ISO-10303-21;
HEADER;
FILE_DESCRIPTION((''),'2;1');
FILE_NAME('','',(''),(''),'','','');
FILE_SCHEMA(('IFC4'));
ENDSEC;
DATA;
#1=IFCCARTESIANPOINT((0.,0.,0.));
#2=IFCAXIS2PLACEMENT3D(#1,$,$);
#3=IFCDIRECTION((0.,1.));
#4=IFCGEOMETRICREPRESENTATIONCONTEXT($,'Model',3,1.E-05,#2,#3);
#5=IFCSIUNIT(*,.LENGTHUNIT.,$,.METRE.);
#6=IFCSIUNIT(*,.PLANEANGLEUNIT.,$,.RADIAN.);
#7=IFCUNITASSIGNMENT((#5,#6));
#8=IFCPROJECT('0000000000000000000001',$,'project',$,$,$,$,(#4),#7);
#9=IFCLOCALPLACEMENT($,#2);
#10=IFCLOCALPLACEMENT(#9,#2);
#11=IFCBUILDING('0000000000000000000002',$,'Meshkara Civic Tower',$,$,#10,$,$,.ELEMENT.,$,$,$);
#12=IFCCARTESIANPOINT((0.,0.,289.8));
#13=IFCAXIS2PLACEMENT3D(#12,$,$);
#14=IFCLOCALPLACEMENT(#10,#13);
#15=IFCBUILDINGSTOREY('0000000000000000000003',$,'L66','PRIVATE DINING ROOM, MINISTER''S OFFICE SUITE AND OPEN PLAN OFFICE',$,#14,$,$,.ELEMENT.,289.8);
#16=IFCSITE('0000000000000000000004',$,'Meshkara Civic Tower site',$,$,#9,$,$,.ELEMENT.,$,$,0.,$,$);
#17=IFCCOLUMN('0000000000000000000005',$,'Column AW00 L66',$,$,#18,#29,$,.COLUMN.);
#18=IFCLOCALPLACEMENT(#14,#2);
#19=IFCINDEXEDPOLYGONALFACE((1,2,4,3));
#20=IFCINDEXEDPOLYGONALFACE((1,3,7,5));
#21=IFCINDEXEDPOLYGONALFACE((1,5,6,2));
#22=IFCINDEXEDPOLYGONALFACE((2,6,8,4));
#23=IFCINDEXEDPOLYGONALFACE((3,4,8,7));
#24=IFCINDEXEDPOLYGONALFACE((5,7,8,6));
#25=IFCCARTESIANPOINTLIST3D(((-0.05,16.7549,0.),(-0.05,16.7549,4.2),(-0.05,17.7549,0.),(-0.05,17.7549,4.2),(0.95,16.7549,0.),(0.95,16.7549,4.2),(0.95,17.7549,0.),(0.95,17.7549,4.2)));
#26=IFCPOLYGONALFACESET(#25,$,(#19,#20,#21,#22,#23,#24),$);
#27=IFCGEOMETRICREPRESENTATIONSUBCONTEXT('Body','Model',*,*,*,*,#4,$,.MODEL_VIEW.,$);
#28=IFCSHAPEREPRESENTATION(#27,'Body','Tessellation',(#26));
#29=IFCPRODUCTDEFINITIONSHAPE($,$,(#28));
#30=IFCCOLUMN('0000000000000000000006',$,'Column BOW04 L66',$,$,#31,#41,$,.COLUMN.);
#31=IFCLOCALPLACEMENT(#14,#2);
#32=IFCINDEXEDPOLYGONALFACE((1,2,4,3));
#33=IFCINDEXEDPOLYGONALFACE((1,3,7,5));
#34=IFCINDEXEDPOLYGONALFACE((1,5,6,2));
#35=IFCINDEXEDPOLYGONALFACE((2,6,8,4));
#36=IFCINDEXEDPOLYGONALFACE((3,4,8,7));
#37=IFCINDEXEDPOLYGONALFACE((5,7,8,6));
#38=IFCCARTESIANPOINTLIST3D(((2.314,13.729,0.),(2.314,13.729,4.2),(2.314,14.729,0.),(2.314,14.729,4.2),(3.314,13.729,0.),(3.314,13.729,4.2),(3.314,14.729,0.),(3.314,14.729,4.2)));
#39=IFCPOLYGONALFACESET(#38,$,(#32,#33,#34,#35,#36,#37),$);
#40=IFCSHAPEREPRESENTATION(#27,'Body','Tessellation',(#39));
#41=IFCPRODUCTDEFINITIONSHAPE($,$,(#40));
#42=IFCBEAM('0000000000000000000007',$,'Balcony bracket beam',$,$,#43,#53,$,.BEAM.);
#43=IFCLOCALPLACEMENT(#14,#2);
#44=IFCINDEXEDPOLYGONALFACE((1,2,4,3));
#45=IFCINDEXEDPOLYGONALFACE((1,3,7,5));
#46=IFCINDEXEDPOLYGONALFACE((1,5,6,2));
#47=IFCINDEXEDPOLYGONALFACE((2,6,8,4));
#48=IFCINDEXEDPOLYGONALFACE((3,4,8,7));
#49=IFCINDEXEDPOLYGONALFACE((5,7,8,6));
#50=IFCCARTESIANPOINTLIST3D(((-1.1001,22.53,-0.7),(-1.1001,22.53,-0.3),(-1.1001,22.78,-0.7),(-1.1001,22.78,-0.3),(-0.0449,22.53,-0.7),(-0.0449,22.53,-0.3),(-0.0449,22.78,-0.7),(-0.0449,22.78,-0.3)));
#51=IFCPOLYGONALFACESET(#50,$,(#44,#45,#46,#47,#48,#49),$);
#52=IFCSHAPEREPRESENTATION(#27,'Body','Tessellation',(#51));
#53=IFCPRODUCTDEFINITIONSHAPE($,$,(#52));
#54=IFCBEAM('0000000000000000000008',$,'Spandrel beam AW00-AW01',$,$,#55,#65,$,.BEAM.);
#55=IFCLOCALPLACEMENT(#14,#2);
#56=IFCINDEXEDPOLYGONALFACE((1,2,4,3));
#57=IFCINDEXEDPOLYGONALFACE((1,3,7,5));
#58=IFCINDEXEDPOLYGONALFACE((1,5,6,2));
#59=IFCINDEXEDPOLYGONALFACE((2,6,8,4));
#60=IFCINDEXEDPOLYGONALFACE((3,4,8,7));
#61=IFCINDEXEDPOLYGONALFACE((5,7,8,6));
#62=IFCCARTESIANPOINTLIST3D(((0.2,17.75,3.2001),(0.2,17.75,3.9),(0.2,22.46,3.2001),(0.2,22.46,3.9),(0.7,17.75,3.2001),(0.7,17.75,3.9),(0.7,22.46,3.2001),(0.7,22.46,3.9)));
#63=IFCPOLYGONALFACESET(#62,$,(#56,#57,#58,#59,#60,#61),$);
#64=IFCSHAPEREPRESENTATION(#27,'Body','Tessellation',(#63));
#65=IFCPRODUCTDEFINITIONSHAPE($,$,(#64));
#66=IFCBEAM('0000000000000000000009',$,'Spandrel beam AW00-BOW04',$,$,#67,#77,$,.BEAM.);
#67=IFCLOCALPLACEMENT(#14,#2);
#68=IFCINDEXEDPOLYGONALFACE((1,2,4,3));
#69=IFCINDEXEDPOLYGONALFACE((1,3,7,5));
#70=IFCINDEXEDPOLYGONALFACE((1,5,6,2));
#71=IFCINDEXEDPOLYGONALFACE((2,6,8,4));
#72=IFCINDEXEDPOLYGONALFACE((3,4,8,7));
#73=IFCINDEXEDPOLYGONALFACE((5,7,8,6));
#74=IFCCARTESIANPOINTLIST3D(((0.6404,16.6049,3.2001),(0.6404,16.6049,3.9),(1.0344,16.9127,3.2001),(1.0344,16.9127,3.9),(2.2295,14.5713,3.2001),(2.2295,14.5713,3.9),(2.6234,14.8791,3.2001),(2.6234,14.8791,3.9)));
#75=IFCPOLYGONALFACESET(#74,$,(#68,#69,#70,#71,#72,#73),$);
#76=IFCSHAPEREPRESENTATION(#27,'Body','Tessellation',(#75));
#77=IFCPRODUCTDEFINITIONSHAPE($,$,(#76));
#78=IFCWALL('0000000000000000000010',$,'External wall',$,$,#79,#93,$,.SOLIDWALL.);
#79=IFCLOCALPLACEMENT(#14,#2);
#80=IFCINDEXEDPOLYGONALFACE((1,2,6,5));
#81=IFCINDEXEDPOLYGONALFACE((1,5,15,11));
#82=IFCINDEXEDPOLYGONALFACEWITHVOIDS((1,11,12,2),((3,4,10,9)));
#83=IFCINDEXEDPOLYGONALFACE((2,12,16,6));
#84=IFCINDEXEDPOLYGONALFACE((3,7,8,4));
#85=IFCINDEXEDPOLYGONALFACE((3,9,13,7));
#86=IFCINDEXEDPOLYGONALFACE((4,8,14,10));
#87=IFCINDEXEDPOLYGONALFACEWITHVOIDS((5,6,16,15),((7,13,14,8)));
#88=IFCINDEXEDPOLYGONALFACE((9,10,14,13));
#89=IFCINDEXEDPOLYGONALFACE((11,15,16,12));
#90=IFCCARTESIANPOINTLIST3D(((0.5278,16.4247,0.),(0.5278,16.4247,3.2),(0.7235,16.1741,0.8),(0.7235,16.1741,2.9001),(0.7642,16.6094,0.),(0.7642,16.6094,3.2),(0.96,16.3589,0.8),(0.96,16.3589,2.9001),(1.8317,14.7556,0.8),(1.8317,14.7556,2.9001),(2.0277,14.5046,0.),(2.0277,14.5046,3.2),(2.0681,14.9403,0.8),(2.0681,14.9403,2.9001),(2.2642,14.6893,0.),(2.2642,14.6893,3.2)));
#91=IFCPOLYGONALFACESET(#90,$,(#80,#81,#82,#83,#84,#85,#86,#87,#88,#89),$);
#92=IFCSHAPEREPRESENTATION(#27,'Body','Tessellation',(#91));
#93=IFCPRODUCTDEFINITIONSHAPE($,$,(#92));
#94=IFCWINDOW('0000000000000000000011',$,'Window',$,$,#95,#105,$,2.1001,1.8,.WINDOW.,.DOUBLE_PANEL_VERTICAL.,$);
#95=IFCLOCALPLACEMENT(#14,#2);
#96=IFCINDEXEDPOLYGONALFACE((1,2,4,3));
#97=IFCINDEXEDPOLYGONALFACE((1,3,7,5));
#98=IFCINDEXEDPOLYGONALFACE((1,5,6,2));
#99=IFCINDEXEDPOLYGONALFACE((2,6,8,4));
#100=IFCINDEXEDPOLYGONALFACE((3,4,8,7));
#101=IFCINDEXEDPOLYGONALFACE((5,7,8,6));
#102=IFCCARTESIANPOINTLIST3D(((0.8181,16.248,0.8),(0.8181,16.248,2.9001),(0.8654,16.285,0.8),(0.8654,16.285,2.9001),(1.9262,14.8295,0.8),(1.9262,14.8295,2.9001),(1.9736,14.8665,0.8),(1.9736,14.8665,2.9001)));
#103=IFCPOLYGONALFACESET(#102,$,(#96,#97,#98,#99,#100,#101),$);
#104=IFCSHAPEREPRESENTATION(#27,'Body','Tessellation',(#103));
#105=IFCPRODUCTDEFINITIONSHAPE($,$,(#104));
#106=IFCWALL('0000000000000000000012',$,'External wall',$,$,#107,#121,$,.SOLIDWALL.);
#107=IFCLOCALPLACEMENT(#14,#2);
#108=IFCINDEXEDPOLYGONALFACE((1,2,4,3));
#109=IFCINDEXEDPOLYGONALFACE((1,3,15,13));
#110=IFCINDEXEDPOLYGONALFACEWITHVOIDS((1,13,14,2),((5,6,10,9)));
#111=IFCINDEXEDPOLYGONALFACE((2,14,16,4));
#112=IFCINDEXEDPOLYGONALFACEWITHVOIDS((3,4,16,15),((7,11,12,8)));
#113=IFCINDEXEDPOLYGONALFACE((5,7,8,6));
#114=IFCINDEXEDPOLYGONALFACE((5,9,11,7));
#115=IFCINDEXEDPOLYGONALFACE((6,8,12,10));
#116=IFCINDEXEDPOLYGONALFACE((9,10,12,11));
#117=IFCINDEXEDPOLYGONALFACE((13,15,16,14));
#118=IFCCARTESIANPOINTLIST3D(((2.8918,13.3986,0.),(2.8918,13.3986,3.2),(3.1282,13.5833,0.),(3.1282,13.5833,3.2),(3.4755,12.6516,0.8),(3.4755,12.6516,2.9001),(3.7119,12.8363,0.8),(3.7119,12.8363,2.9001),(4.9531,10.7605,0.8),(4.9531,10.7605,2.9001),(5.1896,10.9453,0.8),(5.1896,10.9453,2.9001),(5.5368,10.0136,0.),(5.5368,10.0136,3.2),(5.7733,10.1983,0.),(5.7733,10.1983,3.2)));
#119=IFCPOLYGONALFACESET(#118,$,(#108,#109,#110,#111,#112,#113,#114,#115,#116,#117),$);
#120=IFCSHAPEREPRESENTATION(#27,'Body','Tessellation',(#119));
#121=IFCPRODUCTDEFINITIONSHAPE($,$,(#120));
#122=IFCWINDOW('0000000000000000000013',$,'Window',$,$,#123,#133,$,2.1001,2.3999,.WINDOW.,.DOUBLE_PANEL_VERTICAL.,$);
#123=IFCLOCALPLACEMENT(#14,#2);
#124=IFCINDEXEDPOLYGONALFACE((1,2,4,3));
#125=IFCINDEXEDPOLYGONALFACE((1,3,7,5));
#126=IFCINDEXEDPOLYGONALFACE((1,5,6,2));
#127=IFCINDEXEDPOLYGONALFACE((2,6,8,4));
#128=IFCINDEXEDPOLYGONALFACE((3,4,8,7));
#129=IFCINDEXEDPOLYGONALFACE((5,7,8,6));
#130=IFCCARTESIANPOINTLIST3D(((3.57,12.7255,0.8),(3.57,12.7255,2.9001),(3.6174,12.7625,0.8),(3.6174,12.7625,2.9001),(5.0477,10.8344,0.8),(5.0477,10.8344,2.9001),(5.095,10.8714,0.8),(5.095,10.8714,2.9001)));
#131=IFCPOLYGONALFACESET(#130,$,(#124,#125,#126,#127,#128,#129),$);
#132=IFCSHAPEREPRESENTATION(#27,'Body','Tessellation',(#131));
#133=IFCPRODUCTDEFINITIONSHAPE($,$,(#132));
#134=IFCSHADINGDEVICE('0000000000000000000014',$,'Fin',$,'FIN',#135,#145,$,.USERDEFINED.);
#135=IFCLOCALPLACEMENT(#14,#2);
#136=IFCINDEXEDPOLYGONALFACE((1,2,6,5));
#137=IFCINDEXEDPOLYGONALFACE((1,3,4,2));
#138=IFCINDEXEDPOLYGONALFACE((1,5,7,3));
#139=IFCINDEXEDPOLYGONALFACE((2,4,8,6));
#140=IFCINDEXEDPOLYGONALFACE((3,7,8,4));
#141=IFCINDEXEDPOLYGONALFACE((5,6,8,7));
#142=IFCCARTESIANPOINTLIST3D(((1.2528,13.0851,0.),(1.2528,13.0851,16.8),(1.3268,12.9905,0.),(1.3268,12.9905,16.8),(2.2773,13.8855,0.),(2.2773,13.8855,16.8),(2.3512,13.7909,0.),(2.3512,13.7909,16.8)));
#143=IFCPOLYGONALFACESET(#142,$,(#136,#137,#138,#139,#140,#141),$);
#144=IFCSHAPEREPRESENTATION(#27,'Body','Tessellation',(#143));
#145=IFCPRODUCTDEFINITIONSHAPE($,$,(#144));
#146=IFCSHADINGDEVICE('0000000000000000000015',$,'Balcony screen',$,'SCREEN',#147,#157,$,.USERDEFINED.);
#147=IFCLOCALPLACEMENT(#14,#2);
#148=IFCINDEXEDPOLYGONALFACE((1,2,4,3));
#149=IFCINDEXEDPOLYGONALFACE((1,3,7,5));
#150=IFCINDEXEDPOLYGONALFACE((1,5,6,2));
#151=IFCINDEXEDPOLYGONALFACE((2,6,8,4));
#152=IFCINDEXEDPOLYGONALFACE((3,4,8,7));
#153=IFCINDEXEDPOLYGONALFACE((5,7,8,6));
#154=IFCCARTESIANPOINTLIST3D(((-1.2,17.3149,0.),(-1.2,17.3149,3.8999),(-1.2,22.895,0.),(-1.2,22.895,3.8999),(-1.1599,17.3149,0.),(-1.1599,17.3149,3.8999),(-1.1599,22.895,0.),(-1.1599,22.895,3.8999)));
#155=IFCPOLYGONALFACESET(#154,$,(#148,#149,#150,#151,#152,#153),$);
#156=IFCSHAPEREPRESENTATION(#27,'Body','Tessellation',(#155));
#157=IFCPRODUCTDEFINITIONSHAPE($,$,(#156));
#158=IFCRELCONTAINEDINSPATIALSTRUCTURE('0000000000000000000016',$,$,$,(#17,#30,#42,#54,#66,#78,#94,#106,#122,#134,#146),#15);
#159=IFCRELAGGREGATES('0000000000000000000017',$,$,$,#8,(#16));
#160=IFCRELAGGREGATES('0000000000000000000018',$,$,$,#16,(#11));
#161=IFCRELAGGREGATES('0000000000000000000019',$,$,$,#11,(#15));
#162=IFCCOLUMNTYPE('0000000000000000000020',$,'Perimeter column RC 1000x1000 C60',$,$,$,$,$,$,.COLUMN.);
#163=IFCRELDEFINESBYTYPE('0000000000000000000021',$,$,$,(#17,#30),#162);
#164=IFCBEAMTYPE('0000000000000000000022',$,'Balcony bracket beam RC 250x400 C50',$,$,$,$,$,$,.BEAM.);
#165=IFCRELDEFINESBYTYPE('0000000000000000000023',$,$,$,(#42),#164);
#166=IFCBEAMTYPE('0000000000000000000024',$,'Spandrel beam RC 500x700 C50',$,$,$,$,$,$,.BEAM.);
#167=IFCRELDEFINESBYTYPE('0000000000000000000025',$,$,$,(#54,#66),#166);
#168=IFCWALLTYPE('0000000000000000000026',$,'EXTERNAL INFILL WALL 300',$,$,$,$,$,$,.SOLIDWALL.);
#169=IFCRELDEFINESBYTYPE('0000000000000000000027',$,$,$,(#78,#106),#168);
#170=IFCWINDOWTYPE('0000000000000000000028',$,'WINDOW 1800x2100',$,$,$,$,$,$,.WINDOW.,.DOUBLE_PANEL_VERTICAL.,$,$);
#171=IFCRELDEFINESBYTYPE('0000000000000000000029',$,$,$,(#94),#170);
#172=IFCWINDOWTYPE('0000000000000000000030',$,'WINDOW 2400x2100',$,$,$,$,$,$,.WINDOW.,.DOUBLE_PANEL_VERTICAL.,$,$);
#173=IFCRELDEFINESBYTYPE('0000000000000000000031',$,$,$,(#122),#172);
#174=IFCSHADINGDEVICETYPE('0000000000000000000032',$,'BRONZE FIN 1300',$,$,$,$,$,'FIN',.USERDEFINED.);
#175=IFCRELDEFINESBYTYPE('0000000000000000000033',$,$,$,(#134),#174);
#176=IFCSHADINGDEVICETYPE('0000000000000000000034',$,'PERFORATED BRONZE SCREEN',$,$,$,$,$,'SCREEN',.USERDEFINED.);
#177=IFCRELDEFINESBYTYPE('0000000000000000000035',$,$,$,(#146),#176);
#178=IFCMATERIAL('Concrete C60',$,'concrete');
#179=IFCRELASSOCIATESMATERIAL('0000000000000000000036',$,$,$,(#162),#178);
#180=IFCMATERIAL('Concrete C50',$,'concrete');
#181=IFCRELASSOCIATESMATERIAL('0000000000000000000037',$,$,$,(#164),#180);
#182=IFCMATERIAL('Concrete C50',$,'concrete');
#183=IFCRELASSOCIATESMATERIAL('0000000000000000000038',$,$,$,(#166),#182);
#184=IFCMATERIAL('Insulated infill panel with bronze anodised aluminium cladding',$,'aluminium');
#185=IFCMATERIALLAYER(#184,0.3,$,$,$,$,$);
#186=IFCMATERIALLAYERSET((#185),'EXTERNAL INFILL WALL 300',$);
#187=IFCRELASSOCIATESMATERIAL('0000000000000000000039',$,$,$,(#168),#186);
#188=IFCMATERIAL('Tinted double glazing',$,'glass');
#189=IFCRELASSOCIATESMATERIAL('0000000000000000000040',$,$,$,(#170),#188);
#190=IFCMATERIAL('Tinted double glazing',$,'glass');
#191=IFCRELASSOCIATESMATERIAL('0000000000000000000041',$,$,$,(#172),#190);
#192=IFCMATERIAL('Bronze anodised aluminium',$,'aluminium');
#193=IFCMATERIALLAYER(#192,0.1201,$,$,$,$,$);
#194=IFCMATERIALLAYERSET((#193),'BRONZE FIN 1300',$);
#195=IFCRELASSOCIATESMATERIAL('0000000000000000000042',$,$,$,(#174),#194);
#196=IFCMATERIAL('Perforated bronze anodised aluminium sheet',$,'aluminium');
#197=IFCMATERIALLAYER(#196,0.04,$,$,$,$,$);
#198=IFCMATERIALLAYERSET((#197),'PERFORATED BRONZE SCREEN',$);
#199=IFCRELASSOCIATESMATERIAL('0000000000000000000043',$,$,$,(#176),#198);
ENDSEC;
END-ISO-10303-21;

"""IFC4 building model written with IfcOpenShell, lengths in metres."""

from ifc_helpers import new_model, si_unit, direction, frame, frame_2d, origin, origin_2d, place, context, subcontext, project, spatial, rectangle, extrude, material, layer, layer_set, material_profile, profile_set, type_object, element, fill, save


model = new_model("IFC4")

# Units and contexts
model_context = context("Model", 3, precision=1e-05, world=origin(), true_north=direction((0.0, 1.0)))
body_context = subcontext(model_context, "Body", "Model", "MODEL_VIEW")
ifc_project = project(units=[si_unit("LENGTHUNIT", "METRE"), si_unit("PLANEANGLEUNIT", "RADIAN")], contexts=[model_context])

# Site, building, storey
site_placement = place(None, origin())
site = spatial("IfcSite", under=ifc_project, at=site_placement, Name="Meshkara Civic Tower site", CompositionType="ELEMENT", RefElevation=0.0)
building_placement = place(site_placement, origin())
building = spatial("IfcBuilding", under=site, at=building_placement, Name="Meshkara Civic Tower", CompositionType="ELEMENT")
storey_placement = place(building_placement, frame((0.0, 0.0, 289.8)))
storey = spatial("IfcBuildingStorey", under=building, at=storey_placement, Name="L66", Description="PRIVATE DINING ROOM, MINISTER'S OFFICE SUITE AND OPEN PLAN OFFICE", CompositionType="ELEMENT", Elevation=289.8)

# Columns
ifc_material_1 = material(Name="Concrete C60", Category="concrete")
ifc_material_profile_1 = material_profile(ifc_material_1, rectangle(XDim=1.0, YDim=1.0, at=origin_2d()))
ifc_profile_set_1 = profile_set([ifc_material_profile_1], Name="Concrete C60")
column_type = type_object("IfcColumnType", Name="Perimeter column RC 1000x1000 C60", PredefinedType="COLUMN", material=ifc_profile_set_1)
for number, where, z_axis, x_axis, name in (
    (1, (0.45, 17.2549, 0.0), (0.0, 0.0, 1.0), (1.0, 0.0, 0.0), "Column AW00 L66"),
    (2, (2.814, 14.229, 0.0), (0.0, 0.0, 1.0), (1.0, 0.0, 0.0), "Column BOW04 L66"),
):
    element("IfcColumn", number, at=place(storey_placement, frame(where, z_axis=z_axis, x_axis=x_axis)), inside=storey, type_object=column_type, Name=name, PredefinedType="COLUMN", context=body_context, shape_type="SweptSolid", body=[
        extrude(rectangle(XDim=1.0, YDim=1.0, at=origin_2d()), origin(), (0.0, 0.0, 1.0), 4.2),
    ])

# Beams
ifc_material_2 = material(Name="Concrete C50", Category="concrete")
ifc_material_profile_2 = material_profile(ifc_material_2, rectangle(XDim=0.25, YDim=0.3999, at=origin_2d()))
ifc_profile_set_2 = profile_set([ifc_material_profile_2], Name="Concrete C50")
beam_type_1 = type_object("IfcBeamType", Name="Balcony bracket beam RC 250x400 C50", PredefinedType="BEAM", material=ifc_profile_set_2)
beam_1_placement = place(storey_placement, frame((-0.0449, 22.655, -0.5), z_axis=(-1.0, 0.0, 0.0), x_axis=(0.0, -1.0, 0.0)))
element("IfcBeam", 3, at=beam_1_placement, inside=storey, type_object=beam_type_1, Name="Balcony bracket beam", PredefinedType="BEAM", context=body_context, shape_type="SweptSolid", body=[
    extrude(rectangle(XDim=0.25, YDim=0.3999, at=origin_2d()), origin(), (0.0, 0.0, 1.0), 1.0552),
])
ifc_material_3 = material(Name="Concrete C50", Category="concrete")
ifc_material_profile_3 = material_profile(ifc_material_3, rectangle(XDim=0.5, YDim=0.7, at=origin_2d()))
ifc_profile_set_3 = profile_set([ifc_material_profile_3], Name="Concrete C50")
beam_type_2 = type_object("IfcBeamType", Name="Spandrel beam RC 500x700 C50", PredefinedType="BEAM", material=ifc_profile_set_3)
beam_2_placement = place(storey_placement, frame((0.45, 22.46, 3.55), z_axis=(0.0, -1.0, 0.0), x_axis=(1.0, 0.0, 0.0)))
element("IfcBeam", 4, at=beam_2_placement, inside=storey, type_object=beam_type_2, Name="Spandrel beam AW00-AW01", PredefinedType="BEAM", context=body_context, shape_type="SweptSolid", body=[
    extrude(rectangle(XDim=0.5, YDim=0.7, at=origin_2d()), origin(), (0.0, 0.0, 1.0), 4.71),
])
beam_3_placement = place(storey_placement, frame((0.8374, 16.7588, 3.55), z_axis=(0.615714, -0.78797, 0.0), x_axis=(0.78797, 0.615714, 0.0)))
element("IfcBeam", 5, at=beam_3_placement, inside=storey, type_object=beam_type_2, Name="Spandrel beam AW00-BOW04", PredefinedType="BEAM", context=body_context, shape_type="SweptSolid", body=[
    extrude(rectangle(XDim=0.5, YDim=0.7, at=origin_2d()), origin(), (0.0, 0.0, 1.0), 2.5808),
])

# Walls, openings, windows
ifc_material_4 = material(Name="Insulated infill panel with bronze anodised aluminium cladding", Category="aluminium")
ifc_layer_1 = layer(ifc_material_4, 0.3)
ifc_layer_set_1 = layer_set([ifc_layer_1], Name="EXTERNAL INFILL WALL 300")
wall_type_1 = type_object("IfcWallType", Name="EXTERNAL INFILL WALL 300", PredefinedType="SOLIDWALL", material=ifc_layer_set_1)
wall_1_placement = place(storey_placement, frame((0.646, 16.5171, 0.0), z_axis=(0.0, 0.0, 1.0), x_axis=(0.615611, -0.78805, 0.0)))
wall_1 = element("IfcWall", 6, at=wall_1_placement, inside=storey, type_object=wall_type_1, Name="External wall", PredefinedType="SOLIDWALL", context=body_context, shape_type="SweptSolid", body=[
    extrude(rectangle(XDim=2.4365, YDim=0.3, at=frame_2d((1.2183, 0.0))), origin(), (0.0, 0.0, 1.0), 3.2),
])
opening_1_placement = place(wall_1_placement, frame((0.3181, 0.0, 0.8)))
opening_1 = element("IfcOpeningElement", 7, at=opening_1_placement, cuts=wall_1, PredefinedType="OPENING", context=body_context, shape_type="SweptSolid", body=[
    extrude(rectangle(XDim=1.8, YDim=2.1001, at=frame_2d((0.8999, 1.05))), frame((0.0, 0.1599, 0.0), z_axis=(0.0, -1.0, 0.0), x_axis=(1.0, 0.0, 0.0)), (0.0, 0.0, 1.0), 0.3201),
])
ifc_material_5 = material(Name="Tinted double glazing", Category="glass")
window_type_1 = type_object("IfcWindowType", Name="WINDOW 1800x2100", PartitioningType="DOUBLE_PANEL_VERTICAL", PredefinedType="WINDOW", material=ifc_material_5)
window_1_placement = place(opening_1_placement, origin())
window_1 = element("IfcWindow", 8, at=window_1_placement, inside=storey, type_object=window_type_1, Name="Window", OverallHeight=2.1001, OverallWidth=1.8, PartitioningType="DOUBLE_PANEL_VERTICAL", PredefinedType="WINDOW", context=body_context, shape_type="SweptSolid", body=[
    extrude(rectangle(XDim=1.8, YDim=2.1001, at=frame_2d((0.8999, 1.05))), frame((0.0, 0.03, 0.0), z_axis=(0.0, -1.0, 0.0), x_axis=(1.0, 0.0, 0.0)), (0.0, 0.0, 1.0), 0.0601),
])
fill(opening_1, window_1)
wall_2_placement = place(storey_placement, frame((3.01, 13.491, 0.0), z_axis=(0.0, 0.0, 1.0), x_axis=(0.615714, -0.78797, 0.0)))
wall_2 = element("IfcWall", 9, at=wall_2_placement, inside=storey, type_object=wall_type_1, Name="External wall", PredefinedType="SOLIDWALL", context=body_context, shape_type="SweptSolid", body=[
    extrude(rectangle(XDim=4.2959, YDim=0.3, at=frame_2d((2.1479, 0.0))), origin(), (0.0, 0.0, 1.0), 3.2),
])
opening_2_placement = place(wall_2_placement, frame((0.948, 0.0, 0.8)))
opening_2 = element("IfcOpeningElement", 10, at=opening_2_placement, cuts=wall_2, PredefinedType="OPENING", context=body_context, shape_type="SweptSolid", body=[
    extrude(rectangle(XDim=2.3999, YDim=2.1001, at=frame_2d((1.2, 1.05))), frame((0.0, 0.1599, 0.0), z_axis=(0.0, -1.0, 0.0), x_axis=(1.0, 0.0, 0.0)), (0.0, 0.0, 1.0), 0.3201),
])
ifc_material_6 = material(Name="Tinted double glazing", Category="glass")
window_type_2 = type_object("IfcWindowType", Name="WINDOW 2400x2100", PartitioningType="DOUBLE_PANEL_VERTICAL", PredefinedType="WINDOW", material=ifc_material_6)
window_2_placement = place(opening_2_placement, origin())
window_2 = element("IfcWindow", 11, at=window_2_placement, inside=storey, type_object=window_type_2, Name="Window", OverallHeight=2.1001, OverallWidth=2.3999, PartitioningType="DOUBLE_PANEL_VERTICAL", PredefinedType="WINDOW", context=body_context, shape_type="SweptSolid", body=[
    extrude(rectangle(XDim=2.3999, YDim=2.1001, at=frame_2d((1.2, 1.05))), frame((0.0, 0.03, 0.0), z_axis=(0.0, -1.0, 0.0), x_axis=(1.0, 0.0, 0.0)), (0.0, 0.0, 1.0), 0.0601),
])
fill(opening_2, window_2)

# Shading devices
ifc_material_7 = material(Name="Bronze anodised aluminium", Category="aluminium")
ifc_layer_2 = layer(ifc_material_7, 0.1201)
ifc_layer_set_2 = layer_set([ifc_layer_2], Name="BRONZE FIN 1300")
shading_device_type_1 = type_object("IfcShadingDeviceType", Name="BRONZE FIN 1300", ElementType="FIN", PredefinedType="USERDEFINED", material=ifc_layer_set_2)
shading_device_1_placement = place(storey_placement, frame((1.802, 13.438, 0.0), z_axis=(0.0, 0.0, 1.0), x_axis=(0.615661, -0.788011, 0.0)))
element("IfcShadingDevice", 12, at=shading_device_1_placement, inside=storey, type_object=shading_device_type_1, Name="Fin", ObjectType="FIN", PredefinedType="USERDEFINED", context=body_context, shape_type="SweptSolid", body=[
    extrude(rectangle(XDim=0.1201, YDim=1.3, at=origin_2d()), origin(), (0.0, 0.0, 1.0), 16.8),
])
ifc_material_8 = material(Name="Perforated bronze anodised aluminium sheet", Category="aluminium")
ifc_layer_3 = layer(ifc_material_8, 0.04)
ifc_layer_set_3 = layer_set([ifc_layer_3], Name="PERFORATED BRONZE SCREEN")
shading_device_type_2 = type_object("IfcShadingDeviceType", Name="PERFORATED BRONZE SCREEN", ElementType="SCREEN", PredefinedType="USERDEFINED", material=ifc_layer_set_3)
shading_device_2_placement = place(storey_placement, frame((-1.1799, 20.105, 0.0), z_axis=(0.0, 0.0, 1.0), x_axis=(0.0, -1.0, 0.0)))
element("IfcShadingDevice", 13, at=shading_device_2_placement, inside=storey, type_object=shading_device_type_2, Name="Balcony screen", ObjectType="SCREEN", PredefinedType="USERDEFINED", context=body_context, shape_type="SweptSolid", body=[
    extrude(rectangle(XDim=5.5801, YDim=0.04, at=origin_2d()), origin(), (0.0, 0.0, 1.0), 3.8999),
])

save(model, "model.ifc")
